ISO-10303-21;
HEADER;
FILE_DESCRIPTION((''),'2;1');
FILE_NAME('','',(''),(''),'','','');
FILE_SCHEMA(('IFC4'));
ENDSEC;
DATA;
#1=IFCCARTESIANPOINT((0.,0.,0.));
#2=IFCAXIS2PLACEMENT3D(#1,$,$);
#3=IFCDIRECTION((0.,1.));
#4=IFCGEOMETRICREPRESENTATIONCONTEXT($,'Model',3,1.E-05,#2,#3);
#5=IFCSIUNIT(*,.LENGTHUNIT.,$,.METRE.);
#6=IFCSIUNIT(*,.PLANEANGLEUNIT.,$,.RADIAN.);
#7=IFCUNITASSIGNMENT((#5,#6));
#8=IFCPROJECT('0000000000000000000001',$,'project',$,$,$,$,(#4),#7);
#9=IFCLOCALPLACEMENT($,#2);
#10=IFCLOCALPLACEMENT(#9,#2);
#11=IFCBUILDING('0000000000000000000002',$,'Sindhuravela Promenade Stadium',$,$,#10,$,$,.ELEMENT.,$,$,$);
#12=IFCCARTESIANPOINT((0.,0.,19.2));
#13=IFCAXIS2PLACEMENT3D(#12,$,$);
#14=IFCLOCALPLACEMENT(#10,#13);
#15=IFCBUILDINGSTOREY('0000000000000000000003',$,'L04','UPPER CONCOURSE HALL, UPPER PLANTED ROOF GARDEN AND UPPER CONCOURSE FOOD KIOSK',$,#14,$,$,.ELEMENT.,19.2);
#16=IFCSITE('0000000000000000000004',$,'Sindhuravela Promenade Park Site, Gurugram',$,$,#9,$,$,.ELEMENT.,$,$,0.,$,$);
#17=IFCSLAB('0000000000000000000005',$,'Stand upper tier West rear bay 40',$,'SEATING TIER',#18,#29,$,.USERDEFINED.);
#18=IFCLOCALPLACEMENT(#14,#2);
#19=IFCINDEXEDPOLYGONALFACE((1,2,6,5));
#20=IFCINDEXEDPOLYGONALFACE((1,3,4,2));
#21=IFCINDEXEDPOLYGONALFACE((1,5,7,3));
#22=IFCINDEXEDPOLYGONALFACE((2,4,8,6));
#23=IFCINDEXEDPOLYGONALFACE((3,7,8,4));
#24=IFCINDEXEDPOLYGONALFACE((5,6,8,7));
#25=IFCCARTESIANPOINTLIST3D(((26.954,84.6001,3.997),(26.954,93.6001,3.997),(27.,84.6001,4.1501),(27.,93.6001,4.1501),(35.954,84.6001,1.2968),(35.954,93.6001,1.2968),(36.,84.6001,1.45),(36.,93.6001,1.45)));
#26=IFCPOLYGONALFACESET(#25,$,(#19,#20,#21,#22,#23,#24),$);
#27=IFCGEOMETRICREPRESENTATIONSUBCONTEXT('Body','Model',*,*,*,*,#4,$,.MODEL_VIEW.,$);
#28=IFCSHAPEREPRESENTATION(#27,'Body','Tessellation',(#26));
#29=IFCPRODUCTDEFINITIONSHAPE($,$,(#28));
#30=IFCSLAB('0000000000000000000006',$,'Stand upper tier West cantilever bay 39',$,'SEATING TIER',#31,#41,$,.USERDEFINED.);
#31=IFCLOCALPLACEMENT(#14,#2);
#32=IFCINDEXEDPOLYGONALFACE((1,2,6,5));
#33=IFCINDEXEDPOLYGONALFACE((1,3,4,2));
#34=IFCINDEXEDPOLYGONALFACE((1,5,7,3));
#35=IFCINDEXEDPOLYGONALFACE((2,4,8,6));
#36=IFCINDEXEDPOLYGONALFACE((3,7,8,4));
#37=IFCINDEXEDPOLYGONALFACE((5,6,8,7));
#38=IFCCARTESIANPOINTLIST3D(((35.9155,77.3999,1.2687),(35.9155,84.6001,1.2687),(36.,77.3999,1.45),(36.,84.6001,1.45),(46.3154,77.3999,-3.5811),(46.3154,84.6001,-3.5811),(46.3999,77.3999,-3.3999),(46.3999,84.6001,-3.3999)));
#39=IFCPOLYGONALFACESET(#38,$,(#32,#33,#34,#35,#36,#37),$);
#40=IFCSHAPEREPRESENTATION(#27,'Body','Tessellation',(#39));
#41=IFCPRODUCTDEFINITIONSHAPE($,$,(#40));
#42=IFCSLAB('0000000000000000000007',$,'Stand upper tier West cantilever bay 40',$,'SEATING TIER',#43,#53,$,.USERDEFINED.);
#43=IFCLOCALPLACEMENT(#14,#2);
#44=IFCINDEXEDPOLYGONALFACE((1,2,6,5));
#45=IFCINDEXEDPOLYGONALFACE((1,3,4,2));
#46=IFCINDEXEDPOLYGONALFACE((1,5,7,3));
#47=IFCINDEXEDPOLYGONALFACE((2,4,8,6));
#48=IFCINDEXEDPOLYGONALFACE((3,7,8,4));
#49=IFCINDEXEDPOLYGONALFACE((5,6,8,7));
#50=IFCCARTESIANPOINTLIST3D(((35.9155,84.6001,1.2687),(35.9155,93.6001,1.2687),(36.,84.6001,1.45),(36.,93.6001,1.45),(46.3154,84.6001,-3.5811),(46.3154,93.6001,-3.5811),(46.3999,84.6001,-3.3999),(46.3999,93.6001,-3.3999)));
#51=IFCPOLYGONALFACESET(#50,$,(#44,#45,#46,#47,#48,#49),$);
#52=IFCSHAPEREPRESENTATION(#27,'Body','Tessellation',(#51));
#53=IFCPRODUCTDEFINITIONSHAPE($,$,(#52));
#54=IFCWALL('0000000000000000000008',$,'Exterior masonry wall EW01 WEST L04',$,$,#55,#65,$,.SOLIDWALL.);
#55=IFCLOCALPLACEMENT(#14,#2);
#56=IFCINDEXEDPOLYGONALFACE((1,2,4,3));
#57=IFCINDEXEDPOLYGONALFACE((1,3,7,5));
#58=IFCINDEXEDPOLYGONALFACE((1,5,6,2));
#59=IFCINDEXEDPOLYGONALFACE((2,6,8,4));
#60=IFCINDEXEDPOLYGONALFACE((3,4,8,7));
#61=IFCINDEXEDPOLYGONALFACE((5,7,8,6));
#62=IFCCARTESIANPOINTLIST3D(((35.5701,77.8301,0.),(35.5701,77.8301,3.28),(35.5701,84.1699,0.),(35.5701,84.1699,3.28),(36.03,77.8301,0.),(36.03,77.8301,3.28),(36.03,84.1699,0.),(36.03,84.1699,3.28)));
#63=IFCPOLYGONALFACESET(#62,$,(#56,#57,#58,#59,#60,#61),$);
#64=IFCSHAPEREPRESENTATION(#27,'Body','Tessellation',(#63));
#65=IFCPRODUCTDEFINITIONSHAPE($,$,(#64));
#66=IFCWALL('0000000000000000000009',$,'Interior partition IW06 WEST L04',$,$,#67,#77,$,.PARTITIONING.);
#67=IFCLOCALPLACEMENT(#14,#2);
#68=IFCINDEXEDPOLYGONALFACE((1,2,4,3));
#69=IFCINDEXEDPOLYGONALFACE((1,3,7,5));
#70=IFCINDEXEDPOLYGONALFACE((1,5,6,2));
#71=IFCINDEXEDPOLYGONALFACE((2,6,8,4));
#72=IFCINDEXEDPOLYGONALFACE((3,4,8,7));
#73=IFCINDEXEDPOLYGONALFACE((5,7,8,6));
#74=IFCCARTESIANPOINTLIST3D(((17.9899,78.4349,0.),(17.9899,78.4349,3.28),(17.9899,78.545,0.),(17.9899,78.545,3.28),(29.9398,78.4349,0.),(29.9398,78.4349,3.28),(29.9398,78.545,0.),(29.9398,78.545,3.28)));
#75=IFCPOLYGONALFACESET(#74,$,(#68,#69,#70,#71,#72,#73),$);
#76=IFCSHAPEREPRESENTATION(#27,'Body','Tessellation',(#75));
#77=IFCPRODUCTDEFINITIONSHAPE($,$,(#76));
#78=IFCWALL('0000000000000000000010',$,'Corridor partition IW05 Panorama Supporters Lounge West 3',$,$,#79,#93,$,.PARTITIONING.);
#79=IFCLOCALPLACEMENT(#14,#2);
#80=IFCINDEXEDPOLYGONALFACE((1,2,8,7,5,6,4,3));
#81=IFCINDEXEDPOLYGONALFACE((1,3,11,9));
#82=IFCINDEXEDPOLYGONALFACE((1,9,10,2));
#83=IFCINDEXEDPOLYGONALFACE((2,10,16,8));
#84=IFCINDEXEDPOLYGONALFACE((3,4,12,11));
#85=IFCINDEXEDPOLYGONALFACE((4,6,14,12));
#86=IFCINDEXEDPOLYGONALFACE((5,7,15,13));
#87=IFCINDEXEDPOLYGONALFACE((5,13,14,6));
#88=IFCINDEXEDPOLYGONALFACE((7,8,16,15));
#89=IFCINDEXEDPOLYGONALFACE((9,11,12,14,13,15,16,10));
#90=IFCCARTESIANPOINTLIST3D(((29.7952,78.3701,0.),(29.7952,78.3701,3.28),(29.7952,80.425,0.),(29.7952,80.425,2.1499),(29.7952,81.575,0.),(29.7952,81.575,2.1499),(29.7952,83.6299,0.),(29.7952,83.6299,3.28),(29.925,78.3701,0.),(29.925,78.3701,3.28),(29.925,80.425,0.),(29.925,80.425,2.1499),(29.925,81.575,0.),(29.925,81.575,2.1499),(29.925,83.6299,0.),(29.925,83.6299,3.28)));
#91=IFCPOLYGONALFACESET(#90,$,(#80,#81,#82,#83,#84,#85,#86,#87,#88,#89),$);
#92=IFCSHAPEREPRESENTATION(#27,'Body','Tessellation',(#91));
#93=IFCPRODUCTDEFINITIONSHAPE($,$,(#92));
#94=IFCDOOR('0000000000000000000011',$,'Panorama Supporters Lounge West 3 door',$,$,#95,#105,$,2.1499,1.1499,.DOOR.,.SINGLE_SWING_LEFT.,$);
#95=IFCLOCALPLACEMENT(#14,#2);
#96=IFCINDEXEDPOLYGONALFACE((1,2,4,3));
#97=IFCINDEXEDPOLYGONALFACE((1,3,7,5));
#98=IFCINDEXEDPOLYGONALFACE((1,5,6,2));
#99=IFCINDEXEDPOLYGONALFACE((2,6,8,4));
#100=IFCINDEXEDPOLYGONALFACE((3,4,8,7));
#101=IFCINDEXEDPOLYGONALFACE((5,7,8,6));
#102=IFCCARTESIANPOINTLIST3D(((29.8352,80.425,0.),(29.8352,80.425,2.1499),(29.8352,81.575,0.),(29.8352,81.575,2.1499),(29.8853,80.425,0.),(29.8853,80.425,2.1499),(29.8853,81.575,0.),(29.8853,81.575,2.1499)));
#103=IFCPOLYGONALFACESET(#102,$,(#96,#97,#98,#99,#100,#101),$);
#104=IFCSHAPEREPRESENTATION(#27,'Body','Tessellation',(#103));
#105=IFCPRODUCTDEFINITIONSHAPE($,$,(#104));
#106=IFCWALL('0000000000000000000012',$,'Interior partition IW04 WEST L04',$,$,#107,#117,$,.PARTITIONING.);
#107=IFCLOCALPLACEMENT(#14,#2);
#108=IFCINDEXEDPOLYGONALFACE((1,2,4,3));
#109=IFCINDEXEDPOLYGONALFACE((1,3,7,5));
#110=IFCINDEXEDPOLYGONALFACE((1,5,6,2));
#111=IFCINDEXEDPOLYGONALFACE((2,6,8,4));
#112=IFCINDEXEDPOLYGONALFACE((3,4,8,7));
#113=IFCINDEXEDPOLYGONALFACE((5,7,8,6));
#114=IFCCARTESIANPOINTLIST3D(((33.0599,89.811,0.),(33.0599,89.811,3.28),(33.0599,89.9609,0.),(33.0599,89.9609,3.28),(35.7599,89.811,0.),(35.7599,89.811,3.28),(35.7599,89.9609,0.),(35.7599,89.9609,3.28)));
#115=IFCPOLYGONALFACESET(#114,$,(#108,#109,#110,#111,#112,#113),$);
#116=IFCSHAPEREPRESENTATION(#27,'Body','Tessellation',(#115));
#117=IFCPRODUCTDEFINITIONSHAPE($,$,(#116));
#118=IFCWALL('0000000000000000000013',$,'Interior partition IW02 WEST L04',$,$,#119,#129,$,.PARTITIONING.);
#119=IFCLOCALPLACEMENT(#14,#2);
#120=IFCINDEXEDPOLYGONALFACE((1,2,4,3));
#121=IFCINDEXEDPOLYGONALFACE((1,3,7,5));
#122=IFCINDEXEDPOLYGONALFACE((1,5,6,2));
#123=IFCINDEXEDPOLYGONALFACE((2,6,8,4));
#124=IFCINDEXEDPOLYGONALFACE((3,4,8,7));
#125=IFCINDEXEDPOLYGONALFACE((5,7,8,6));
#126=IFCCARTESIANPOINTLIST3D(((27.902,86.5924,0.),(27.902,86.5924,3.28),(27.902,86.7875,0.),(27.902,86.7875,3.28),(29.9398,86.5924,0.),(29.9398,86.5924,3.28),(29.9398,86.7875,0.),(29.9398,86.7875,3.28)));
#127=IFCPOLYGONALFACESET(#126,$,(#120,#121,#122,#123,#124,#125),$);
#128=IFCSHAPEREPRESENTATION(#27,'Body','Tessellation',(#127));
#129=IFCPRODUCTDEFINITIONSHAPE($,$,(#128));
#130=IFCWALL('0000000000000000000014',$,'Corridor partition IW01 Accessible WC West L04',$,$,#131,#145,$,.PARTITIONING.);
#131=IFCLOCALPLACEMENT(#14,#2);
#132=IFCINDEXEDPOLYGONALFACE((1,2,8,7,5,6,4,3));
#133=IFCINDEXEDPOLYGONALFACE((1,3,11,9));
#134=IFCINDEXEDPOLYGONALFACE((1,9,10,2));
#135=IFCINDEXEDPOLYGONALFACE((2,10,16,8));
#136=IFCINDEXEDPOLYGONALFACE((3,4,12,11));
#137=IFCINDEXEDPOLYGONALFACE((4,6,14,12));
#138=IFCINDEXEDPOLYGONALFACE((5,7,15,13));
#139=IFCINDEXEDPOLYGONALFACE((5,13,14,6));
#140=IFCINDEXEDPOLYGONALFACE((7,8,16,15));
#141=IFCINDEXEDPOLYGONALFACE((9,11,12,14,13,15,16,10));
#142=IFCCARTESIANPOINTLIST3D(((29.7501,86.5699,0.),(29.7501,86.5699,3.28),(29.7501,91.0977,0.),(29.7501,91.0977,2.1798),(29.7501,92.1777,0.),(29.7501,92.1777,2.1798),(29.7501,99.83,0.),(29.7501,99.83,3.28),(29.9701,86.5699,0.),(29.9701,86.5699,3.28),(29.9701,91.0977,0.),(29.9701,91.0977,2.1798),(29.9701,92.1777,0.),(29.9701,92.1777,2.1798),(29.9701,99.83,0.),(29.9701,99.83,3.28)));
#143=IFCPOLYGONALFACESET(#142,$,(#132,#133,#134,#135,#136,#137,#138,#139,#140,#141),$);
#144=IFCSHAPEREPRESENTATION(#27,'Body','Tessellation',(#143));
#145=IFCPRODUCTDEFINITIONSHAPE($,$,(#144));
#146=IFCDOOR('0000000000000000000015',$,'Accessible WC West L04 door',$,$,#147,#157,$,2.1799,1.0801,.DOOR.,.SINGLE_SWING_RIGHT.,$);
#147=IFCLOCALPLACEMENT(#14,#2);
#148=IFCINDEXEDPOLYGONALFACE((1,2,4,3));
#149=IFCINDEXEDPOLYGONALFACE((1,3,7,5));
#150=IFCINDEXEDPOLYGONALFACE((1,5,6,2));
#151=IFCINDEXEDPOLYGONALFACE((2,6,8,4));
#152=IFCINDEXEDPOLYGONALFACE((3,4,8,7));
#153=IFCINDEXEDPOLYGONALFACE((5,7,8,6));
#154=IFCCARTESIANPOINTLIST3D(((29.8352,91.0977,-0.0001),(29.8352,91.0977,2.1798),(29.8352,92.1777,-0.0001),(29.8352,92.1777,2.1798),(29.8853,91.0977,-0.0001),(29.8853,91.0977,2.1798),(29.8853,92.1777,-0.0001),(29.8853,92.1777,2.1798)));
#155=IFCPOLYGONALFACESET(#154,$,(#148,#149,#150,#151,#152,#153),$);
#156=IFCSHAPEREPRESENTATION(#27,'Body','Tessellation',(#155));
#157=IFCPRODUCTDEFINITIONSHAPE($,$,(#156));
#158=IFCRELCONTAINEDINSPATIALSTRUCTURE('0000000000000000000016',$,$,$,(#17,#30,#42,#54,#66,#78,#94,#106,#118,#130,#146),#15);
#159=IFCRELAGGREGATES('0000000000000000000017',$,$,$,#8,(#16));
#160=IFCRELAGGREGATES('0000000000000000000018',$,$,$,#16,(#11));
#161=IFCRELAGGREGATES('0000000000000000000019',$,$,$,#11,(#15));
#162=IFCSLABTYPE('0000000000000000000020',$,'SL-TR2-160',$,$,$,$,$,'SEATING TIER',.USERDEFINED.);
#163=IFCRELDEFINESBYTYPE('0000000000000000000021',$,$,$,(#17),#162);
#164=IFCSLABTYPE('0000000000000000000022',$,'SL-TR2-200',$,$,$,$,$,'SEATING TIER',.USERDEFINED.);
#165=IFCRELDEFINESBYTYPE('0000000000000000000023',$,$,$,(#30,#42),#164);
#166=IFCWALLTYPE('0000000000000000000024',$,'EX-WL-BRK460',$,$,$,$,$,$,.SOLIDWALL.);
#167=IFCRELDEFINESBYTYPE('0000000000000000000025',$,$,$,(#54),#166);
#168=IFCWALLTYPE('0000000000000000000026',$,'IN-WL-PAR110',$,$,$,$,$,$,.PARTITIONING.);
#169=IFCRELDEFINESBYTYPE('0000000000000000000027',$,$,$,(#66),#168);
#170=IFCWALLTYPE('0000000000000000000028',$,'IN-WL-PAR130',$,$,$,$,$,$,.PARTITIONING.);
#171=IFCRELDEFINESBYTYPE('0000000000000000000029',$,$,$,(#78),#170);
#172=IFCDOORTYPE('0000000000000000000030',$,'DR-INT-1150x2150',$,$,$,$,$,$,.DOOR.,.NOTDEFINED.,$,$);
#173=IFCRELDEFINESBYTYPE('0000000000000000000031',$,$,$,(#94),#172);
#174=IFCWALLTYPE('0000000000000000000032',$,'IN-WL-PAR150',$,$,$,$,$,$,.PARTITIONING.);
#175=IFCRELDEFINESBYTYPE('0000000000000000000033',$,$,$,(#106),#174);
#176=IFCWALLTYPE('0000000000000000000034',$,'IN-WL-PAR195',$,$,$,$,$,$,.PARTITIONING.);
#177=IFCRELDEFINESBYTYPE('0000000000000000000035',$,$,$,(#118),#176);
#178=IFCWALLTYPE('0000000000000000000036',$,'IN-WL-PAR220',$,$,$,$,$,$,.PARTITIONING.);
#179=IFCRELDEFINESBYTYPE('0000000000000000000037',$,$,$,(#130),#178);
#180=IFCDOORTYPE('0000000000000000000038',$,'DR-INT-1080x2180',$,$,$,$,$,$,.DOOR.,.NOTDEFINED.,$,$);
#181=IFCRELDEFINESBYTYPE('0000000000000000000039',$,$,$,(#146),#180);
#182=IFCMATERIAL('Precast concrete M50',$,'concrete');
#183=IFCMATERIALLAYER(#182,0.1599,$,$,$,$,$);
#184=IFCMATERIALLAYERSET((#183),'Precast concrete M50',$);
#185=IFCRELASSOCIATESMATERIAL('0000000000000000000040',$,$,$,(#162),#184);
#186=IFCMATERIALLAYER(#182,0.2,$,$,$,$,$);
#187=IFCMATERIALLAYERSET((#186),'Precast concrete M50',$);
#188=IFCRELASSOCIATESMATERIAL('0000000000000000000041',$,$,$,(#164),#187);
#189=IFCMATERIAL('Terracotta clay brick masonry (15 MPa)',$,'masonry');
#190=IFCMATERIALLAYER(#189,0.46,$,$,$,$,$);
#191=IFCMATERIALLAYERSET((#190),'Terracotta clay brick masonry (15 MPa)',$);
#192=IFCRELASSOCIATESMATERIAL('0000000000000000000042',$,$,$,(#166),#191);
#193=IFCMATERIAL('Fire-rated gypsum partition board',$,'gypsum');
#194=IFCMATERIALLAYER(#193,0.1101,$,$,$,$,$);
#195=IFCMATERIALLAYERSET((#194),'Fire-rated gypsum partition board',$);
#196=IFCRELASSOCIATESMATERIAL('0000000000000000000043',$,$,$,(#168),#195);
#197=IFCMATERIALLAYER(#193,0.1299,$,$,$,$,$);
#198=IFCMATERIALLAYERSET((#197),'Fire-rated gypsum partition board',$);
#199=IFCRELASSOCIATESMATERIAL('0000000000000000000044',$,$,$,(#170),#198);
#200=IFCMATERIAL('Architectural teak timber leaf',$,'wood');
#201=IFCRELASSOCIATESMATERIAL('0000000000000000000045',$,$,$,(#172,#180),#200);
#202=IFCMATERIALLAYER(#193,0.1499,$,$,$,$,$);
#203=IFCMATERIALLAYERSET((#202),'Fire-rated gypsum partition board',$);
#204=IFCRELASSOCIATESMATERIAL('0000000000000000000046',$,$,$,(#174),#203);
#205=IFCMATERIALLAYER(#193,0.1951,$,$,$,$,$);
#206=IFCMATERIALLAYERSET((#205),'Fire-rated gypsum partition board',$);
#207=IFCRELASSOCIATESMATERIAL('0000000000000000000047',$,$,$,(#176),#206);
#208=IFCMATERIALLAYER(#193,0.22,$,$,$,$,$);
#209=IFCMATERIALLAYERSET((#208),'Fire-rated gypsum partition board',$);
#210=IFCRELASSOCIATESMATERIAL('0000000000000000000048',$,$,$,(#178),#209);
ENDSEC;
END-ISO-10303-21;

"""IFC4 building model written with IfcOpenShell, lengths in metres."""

from ifc_helpers import new_model, si_unit, direction, frame, frame_2d, origin, place, context, subcontext, project, spatial, polyline, rectangle, outline, extrude, material, layer, layer_set, type_object, element, fill, save


model = new_model("IFC4")

# Units and contexts
model_context = context("Model", 3, precision=1e-05, world=origin(), true_north=direction((0.0, 1.0)))
body_context = subcontext(model_context, "Body", "Model", "MODEL_VIEW")
ifc_project = project(units=[si_unit("LENGTHUNIT", "METRE"), si_unit("PLANEANGLEUNIT", "RADIAN")], contexts=[model_context])

# Site, building, storey
site_placement = place(None, origin())
site = spatial("IfcSite", under=ifc_project, at=site_placement, Name="Sindhuravela Promenade Park Site, Gurugram", CompositionType="ELEMENT", RefElevation=0.0)
building_placement = place(site_placement, origin())
building = spatial("IfcBuilding", under=site, at=building_placement, Name="Sindhuravela Promenade Stadium", CompositionType="ELEMENT")
storey_placement = place(building_placement, frame((0.0, 0.0, 19.2)))
storey = spatial("IfcBuildingStorey", under=building, at=storey_placement, Name="L04", Description="UPPER CONCOURSE HALL, UPPER PLANTED ROOF GARDEN AND UPPER CONCOURSE FOOD KIOSK", CompositionType="ELEMENT", Elevation=19.2)

# Slabs
ifc_material_1 = material(Name="Precast concrete M50", Category="concrete")
ifc_layer_1 = layer(ifc_material_1, 0.1599)
ifc_layer_set_1 = layer_set([ifc_layer_1], Name="Precast concrete M50")
slab_type_1 = type_object("IfcSlabType", Name="SL-TR2-160", ElementType="SEATING TIER", PredefinedType="USERDEFINED", material=ifc_layer_set_1)
slab_1_placement = place(storey_placement, frame((36.0, 84.6001, 1.45), z_axis=(0.287367, 0.0, 0.957821), x_axis=(0.0, 1.0, 0.0)))
element("IfcSlab", 1, at=slab_1_placement, inside=storey, type_object=slab_type_1, Name="Stand upper tier West rear bay 40", ObjectType="SEATING TIER", PredefinedType="USERDEFINED", context=body_context, shape_type="SweptSolid", body=[
    extrude(outline(polyline([(0.0, 0.0), (9.0, 0.0), (9.0, 9.3963), (0.0, 9.3963), (0.0, 0.0)])), origin(), (0.0, 0.0, -1.0), 0.1599),
])
ifc_layer_2 = layer(ifc_material_1, 0.2)
ifc_layer_set_2 = layer_set([ifc_layer_2], Name="Precast concrete M50")
slab_type_2 = type_object("IfcSlabType", Name="SL-TR2-200", ElementType="SEATING TIER", PredefinedType="USERDEFINED", material=ifc_layer_set_2)
slab_2_placement = place(storey_placement, frame((46.3999, 77.3999, -3.3999), z_axis=(0.42264, 0.0, 0.906298), x_axis=(0.0, 1.0, 0.0)))
element("IfcSlab", 2, at=slab_2_placement, inside=storey, type_object=slab_type_2, Name="Stand upper tier West cantilever bay 39", ObjectType="SEATING TIER", PredefinedType="USERDEFINED", context=body_context, shape_type="SweptSolid", body=[
    extrude(outline(polyline([(0.0, 0.0), (7.2002, 0.0), (7.2002, 11.4751), (0.0, 11.4751), (0.0, 0.0)])), origin(), (0.0, 0.0, -1.0), 0.2),
])
slab_3_placement = place(storey_placement, frame((46.3999, 84.6001, -3.3999), z_axis=(0.42264, 0.0, 0.906298), x_axis=(0.0, 1.0, 0.0)))
element("IfcSlab", 3, at=slab_3_placement, inside=storey, type_object=slab_type_2, Name="Stand upper tier West cantilever bay 40", ObjectType="SEATING TIER", PredefinedType="USERDEFINED", context=body_context, shape_type="SweptSolid", body=[
    extrude(outline(polyline([(0.0, 0.0), (9.0, 0.0), (9.0, 11.4751), (0.0, 11.4751), (0.0, 0.0)])), origin(), (0.0, 0.0, -1.0), 0.2),
])

# Walls
ifc_material_2 = material(Name="Terracotta clay brick masonry (15 MPa)", Category="masonry")
ifc_layer_3 = layer(ifc_material_2, 0.46)
ifc_layer_set_3 = layer_set([ifc_layer_3], Name="Terracotta clay brick masonry (15 MPa)")
wall_type_1 = type_object("IfcWallType", Name="EX-WL-BRK460", PredefinedType="SOLIDWALL", material=ifc_layer_set_3)
wall_1_placement = place(storey_placement, frame((35.8, 84.1699, 0.0), z_axis=(0.0, 0.0, 1.0), x_axis=(0.0, -1.0, 0.0)))
element("IfcWall", 4, at=wall_1_placement, inside=storey, type_object=wall_type_1, Name="Exterior masonry wall EW01 WEST L04", PredefinedType="SOLIDWALL", context=body_context, shape_type="SweptSolid", body=[
    extrude(rectangle(XDim=6.3398, YDim=0.46, at=frame_2d((3.1699, 0.0))), origin(), (0.0, 0.0, 1.0), 3.28),
])
ifc_material_3 = material(Name="Fire-rated gypsum partition board", Category="gypsum")
ifc_layer_4 = layer(ifc_material_3, 0.1101)
ifc_layer_set_4 = layer_set([ifc_layer_4], Name="Fire-rated gypsum partition board")
wall_type_2 = type_object("IfcWallType", Name="IN-WL-PAR110", PredefinedType="PARTITIONING", material=ifc_layer_set_4)
wall_2_placement = place(storey_placement, frame((29.9399, 78.49, 0.0), z_axis=(0.0, 0.0, 1.0), x_axis=(-1.0, 0.0, 0.0)))
element("IfcWall", 5, at=wall_2_placement, inside=storey, type_object=wall_type_2, Name="Interior partition IW06 WEST L04", PredefinedType="PARTITIONING", context=body_context, shape_type="SweptSolid", body=[
    extrude(rectangle(XDim=11.95, YDim=0.1101, at=frame_2d((5.9751, 0.0))), origin(), (0.0, 0.0, 1.0), 3.28),
])

# Wall, opening, door
ifc_layer_5 = layer(ifc_material_3, 0.1299)
ifc_layer_set_5 = layer_set([ifc_layer_5], Name="Fire-rated gypsum partition board")
wall_type_3 = type_object("IfcWallType", Name="IN-WL-PAR130", PredefinedType="PARTITIONING", material=ifc_layer_set_5)
wall_3_placement = place(storey_placement, frame((29.8601, 78.3701, 0.0), z_axis=(0.0, 0.0, 1.0), x_axis=(0.0, 1.0, 0.0)))
wall_3 = element("IfcWall", 6, at=wall_3_placement, inside=storey, type_object=wall_type_3, Name="Corridor partition IW05 Panorama Supporters Lounge West 3", PredefinedType="PARTITIONING", context=body_context, shape_type="SweptSolid", body=[
    extrude(rectangle(XDim=5.2598, YDim=0.1299, at=frame_2d((2.6299, 0.0))), origin(), (0.0, 0.0, 1.0), 3.28),
])
opening_1_placement = place(wall_3_placement, frame((2.0549, 0.0, 0.0)))
opening_1 = element("IfcOpeningElement", 7, at=opening_1_placement, cuts=wall_3, PredefinedType="OPENING", context=body_context, shape_type="SweptSolid", body=[
    extrude(rectangle(XDim=1.1499, YDim=2.1499, at=frame_2d((0.575, 1.075))), frame((0.0, 0.075, 0.0), z_axis=(0.0, -1.0, 0.0), x_axis=(1.0, 0.0, 0.0)), (0.0, 0.0, 1.0), 0.1499),
])
ifc_material_4 = material(Name="Architectural teak timber leaf", Category="wood")
door_type_1 = type_object("IfcDoorType", Name="DR-INT-1150x2150", OperationType="NOTDEFINED", PredefinedType="DOOR", material=ifc_material_4)
door_1_placement = place(opening_1_placement, origin())
door_1 = element("IfcDoor", 8, at=door_1_placement, inside=storey, type_object=door_type_1, Name="Panorama Supporters Lounge West 3 door", OperationType="SINGLE_SWING_LEFT", OverallHeight=2.1499, OverallWidth=1.1499, PredefinedType="DOOR", context=body_context, shape_type="SweptSolid", body=[
    extrude(rectangle(XDim=1.1499, YDim=2.1499, at=frame_2d((0.575, 1.075))), frame((0.0, 0.0249, 0.0), z_axis=(0.0, -1.0, 0.0), x_axis=(1.0, 0.0, 0.0)), (0.0, 0.0, 1.0), 0.05),
])
fill(opening_1, door_1)

# Walls
ifc_layer_6 = layer(ifc_material_3, 0.1499)
ifc_layer_set_6 = layer_set([ifc_layer_6], Name="Fire-rated gypsum partition board")
wall_type_4 = type_object("IfcWallType", Name="IN-WL-PAR150", PredefinedType="PARTITIONING", material=ifc_layer_set_6)
wall_4_placement = place(storey_placement, frame((35.76, 89.886, 0.0), z_axis=(0.0, 0.0, 1.0), x_axis=(-1.0, 0.0, 0.0)))
element("IfcWall", 9, at=wall_4_placement, inside=storey, type_object=wall_type_4, Name="Interior partition IW04 WEST L04", PredefinedType="PARTITIONING", context=body_context, shape_type="SweptSolid", body=[
    extrude(rectangle(XDim=2.7, YDim=0.1499, at=frame_2d((1.3501, 0.0))), origin(), (0.0, 0.0, 1.0), 3.28),
])
ifc_layer_7 = layer(ifc_material_3, 0.1951)
ifc_layer_set_7 = layer_set([ifc_layer_7], Name="Fire-rated gypsum partition board")
wall_type_5 = type_object("IfcWallType", Name="IN-WL-PAR195", PredefinedType="PARTITIONING", material=ifc_layer_set_7)
wall_5_placement = place(storey_placement, frame((29.9399, 86.6899, 0.0), z_axis=(0.0, 0.0, 1.0), x_axis=(-1.0, 0.0, 0.0)))
element("IfcWall", 10, at=wall_5_placement, inside=storey, type_object=wall_type_5, Name="Interior partition IW02 WEST L04", PredefinedType="PARTITIONING", context=body_context, shape_type="SweptSolid", body=[
    extrude(rectangle(XDim=2.0378, YDim=0.1951, at=frame_2d((1.019, 0.0))), origin(), (0.0, 0.0, 1.0), 3.28),
])

# Wall, opening, door
ifc_layer_8 = layer(ifc_material_3, 0.22)
ifc_layer_set_8 = layer_set([ifc_layer_8], Name="Fire-rated gypsum partition board")
wall_type_6 = type_object("IfcWallType", Name="IN-WL-PAR220", PredefinedType="PARTITIONING", material=ifc_layer_set_8)
wall_6_placement = place(storey_placement, frame((29.8601, 86.5701, 0.0), z_axis=(0.0, 0.0, 1.0), x_axis=(0.0, 1.0, 0.0)))
wall_6 = element("IfcWall", 11, at=wall_6_placement, inside=storey, type_object=wall_type_6, Name="Corridor partition IW01 Accessible WC West L04", PredefinedType="PARTITIONING", context=body_context, shape_type="SweptSolid", body=[
    extrude(rectangle(XDim=13.26, YDim=0.22, at=frame_2d((6.6299, 0.0))), origin(), (0.0, 0.0, 1.0), 3.28),
])
opening_2_placement = place(wall_6_placement, frame((4.5276, 0.0, 0.0)))
opening_2 = element("IfcOpeningElement", 12, at=opening_2_placement, cuts=wall_6, PredefinedType="OPENING", context=body_context, shape_type="SweptSolid", body=[
    extrude(rectangle(XDim=1.0801, YDim=2.1799, at=frame_2d((0.54, 1.0898))), frame((0.0, 0.1199, 0.0), z_axis=(0.0, -1.0, 0.0), x_axis=(1.0, 0.0, 0.0)), (0.0, 0.0, 1.0), 0.24),
])
door_type_2 = type_object("IfcDoorType", Name="DR-INT-1080x2180", OperationType="NOTDEFINED", PredefinedType="DOOR", material=ifc_material_4)
door_2_placement = place(opening_2_placement, origin())
door_2 = element("IfcDoor", 13, at=door_2_placement, inside=storey, type_object=door_type_2, Name="Accessible WC West L04 door", OperationType="SINGLE_SWING_RIGHT", OverallHeight=2.1799, OverallWidth=1.0801, PredefinedType="DOOR", context=body_context, shape_type="SweptSolid", body=[
    extrude(rectangle(XDim=1.0801, YDim=2.1799, at=frame_2d((0.54, 1.0898))), frame((0.0, 0.0249, 0.0), z_axis=(0.0, -1.0, 0.0), x_axis=(1.0, 0.0, 0.0)), (0.0, 0.0, 1.0), 0.05),
])
fill(opening_2, door_2)

save(model, "model.ifc")
